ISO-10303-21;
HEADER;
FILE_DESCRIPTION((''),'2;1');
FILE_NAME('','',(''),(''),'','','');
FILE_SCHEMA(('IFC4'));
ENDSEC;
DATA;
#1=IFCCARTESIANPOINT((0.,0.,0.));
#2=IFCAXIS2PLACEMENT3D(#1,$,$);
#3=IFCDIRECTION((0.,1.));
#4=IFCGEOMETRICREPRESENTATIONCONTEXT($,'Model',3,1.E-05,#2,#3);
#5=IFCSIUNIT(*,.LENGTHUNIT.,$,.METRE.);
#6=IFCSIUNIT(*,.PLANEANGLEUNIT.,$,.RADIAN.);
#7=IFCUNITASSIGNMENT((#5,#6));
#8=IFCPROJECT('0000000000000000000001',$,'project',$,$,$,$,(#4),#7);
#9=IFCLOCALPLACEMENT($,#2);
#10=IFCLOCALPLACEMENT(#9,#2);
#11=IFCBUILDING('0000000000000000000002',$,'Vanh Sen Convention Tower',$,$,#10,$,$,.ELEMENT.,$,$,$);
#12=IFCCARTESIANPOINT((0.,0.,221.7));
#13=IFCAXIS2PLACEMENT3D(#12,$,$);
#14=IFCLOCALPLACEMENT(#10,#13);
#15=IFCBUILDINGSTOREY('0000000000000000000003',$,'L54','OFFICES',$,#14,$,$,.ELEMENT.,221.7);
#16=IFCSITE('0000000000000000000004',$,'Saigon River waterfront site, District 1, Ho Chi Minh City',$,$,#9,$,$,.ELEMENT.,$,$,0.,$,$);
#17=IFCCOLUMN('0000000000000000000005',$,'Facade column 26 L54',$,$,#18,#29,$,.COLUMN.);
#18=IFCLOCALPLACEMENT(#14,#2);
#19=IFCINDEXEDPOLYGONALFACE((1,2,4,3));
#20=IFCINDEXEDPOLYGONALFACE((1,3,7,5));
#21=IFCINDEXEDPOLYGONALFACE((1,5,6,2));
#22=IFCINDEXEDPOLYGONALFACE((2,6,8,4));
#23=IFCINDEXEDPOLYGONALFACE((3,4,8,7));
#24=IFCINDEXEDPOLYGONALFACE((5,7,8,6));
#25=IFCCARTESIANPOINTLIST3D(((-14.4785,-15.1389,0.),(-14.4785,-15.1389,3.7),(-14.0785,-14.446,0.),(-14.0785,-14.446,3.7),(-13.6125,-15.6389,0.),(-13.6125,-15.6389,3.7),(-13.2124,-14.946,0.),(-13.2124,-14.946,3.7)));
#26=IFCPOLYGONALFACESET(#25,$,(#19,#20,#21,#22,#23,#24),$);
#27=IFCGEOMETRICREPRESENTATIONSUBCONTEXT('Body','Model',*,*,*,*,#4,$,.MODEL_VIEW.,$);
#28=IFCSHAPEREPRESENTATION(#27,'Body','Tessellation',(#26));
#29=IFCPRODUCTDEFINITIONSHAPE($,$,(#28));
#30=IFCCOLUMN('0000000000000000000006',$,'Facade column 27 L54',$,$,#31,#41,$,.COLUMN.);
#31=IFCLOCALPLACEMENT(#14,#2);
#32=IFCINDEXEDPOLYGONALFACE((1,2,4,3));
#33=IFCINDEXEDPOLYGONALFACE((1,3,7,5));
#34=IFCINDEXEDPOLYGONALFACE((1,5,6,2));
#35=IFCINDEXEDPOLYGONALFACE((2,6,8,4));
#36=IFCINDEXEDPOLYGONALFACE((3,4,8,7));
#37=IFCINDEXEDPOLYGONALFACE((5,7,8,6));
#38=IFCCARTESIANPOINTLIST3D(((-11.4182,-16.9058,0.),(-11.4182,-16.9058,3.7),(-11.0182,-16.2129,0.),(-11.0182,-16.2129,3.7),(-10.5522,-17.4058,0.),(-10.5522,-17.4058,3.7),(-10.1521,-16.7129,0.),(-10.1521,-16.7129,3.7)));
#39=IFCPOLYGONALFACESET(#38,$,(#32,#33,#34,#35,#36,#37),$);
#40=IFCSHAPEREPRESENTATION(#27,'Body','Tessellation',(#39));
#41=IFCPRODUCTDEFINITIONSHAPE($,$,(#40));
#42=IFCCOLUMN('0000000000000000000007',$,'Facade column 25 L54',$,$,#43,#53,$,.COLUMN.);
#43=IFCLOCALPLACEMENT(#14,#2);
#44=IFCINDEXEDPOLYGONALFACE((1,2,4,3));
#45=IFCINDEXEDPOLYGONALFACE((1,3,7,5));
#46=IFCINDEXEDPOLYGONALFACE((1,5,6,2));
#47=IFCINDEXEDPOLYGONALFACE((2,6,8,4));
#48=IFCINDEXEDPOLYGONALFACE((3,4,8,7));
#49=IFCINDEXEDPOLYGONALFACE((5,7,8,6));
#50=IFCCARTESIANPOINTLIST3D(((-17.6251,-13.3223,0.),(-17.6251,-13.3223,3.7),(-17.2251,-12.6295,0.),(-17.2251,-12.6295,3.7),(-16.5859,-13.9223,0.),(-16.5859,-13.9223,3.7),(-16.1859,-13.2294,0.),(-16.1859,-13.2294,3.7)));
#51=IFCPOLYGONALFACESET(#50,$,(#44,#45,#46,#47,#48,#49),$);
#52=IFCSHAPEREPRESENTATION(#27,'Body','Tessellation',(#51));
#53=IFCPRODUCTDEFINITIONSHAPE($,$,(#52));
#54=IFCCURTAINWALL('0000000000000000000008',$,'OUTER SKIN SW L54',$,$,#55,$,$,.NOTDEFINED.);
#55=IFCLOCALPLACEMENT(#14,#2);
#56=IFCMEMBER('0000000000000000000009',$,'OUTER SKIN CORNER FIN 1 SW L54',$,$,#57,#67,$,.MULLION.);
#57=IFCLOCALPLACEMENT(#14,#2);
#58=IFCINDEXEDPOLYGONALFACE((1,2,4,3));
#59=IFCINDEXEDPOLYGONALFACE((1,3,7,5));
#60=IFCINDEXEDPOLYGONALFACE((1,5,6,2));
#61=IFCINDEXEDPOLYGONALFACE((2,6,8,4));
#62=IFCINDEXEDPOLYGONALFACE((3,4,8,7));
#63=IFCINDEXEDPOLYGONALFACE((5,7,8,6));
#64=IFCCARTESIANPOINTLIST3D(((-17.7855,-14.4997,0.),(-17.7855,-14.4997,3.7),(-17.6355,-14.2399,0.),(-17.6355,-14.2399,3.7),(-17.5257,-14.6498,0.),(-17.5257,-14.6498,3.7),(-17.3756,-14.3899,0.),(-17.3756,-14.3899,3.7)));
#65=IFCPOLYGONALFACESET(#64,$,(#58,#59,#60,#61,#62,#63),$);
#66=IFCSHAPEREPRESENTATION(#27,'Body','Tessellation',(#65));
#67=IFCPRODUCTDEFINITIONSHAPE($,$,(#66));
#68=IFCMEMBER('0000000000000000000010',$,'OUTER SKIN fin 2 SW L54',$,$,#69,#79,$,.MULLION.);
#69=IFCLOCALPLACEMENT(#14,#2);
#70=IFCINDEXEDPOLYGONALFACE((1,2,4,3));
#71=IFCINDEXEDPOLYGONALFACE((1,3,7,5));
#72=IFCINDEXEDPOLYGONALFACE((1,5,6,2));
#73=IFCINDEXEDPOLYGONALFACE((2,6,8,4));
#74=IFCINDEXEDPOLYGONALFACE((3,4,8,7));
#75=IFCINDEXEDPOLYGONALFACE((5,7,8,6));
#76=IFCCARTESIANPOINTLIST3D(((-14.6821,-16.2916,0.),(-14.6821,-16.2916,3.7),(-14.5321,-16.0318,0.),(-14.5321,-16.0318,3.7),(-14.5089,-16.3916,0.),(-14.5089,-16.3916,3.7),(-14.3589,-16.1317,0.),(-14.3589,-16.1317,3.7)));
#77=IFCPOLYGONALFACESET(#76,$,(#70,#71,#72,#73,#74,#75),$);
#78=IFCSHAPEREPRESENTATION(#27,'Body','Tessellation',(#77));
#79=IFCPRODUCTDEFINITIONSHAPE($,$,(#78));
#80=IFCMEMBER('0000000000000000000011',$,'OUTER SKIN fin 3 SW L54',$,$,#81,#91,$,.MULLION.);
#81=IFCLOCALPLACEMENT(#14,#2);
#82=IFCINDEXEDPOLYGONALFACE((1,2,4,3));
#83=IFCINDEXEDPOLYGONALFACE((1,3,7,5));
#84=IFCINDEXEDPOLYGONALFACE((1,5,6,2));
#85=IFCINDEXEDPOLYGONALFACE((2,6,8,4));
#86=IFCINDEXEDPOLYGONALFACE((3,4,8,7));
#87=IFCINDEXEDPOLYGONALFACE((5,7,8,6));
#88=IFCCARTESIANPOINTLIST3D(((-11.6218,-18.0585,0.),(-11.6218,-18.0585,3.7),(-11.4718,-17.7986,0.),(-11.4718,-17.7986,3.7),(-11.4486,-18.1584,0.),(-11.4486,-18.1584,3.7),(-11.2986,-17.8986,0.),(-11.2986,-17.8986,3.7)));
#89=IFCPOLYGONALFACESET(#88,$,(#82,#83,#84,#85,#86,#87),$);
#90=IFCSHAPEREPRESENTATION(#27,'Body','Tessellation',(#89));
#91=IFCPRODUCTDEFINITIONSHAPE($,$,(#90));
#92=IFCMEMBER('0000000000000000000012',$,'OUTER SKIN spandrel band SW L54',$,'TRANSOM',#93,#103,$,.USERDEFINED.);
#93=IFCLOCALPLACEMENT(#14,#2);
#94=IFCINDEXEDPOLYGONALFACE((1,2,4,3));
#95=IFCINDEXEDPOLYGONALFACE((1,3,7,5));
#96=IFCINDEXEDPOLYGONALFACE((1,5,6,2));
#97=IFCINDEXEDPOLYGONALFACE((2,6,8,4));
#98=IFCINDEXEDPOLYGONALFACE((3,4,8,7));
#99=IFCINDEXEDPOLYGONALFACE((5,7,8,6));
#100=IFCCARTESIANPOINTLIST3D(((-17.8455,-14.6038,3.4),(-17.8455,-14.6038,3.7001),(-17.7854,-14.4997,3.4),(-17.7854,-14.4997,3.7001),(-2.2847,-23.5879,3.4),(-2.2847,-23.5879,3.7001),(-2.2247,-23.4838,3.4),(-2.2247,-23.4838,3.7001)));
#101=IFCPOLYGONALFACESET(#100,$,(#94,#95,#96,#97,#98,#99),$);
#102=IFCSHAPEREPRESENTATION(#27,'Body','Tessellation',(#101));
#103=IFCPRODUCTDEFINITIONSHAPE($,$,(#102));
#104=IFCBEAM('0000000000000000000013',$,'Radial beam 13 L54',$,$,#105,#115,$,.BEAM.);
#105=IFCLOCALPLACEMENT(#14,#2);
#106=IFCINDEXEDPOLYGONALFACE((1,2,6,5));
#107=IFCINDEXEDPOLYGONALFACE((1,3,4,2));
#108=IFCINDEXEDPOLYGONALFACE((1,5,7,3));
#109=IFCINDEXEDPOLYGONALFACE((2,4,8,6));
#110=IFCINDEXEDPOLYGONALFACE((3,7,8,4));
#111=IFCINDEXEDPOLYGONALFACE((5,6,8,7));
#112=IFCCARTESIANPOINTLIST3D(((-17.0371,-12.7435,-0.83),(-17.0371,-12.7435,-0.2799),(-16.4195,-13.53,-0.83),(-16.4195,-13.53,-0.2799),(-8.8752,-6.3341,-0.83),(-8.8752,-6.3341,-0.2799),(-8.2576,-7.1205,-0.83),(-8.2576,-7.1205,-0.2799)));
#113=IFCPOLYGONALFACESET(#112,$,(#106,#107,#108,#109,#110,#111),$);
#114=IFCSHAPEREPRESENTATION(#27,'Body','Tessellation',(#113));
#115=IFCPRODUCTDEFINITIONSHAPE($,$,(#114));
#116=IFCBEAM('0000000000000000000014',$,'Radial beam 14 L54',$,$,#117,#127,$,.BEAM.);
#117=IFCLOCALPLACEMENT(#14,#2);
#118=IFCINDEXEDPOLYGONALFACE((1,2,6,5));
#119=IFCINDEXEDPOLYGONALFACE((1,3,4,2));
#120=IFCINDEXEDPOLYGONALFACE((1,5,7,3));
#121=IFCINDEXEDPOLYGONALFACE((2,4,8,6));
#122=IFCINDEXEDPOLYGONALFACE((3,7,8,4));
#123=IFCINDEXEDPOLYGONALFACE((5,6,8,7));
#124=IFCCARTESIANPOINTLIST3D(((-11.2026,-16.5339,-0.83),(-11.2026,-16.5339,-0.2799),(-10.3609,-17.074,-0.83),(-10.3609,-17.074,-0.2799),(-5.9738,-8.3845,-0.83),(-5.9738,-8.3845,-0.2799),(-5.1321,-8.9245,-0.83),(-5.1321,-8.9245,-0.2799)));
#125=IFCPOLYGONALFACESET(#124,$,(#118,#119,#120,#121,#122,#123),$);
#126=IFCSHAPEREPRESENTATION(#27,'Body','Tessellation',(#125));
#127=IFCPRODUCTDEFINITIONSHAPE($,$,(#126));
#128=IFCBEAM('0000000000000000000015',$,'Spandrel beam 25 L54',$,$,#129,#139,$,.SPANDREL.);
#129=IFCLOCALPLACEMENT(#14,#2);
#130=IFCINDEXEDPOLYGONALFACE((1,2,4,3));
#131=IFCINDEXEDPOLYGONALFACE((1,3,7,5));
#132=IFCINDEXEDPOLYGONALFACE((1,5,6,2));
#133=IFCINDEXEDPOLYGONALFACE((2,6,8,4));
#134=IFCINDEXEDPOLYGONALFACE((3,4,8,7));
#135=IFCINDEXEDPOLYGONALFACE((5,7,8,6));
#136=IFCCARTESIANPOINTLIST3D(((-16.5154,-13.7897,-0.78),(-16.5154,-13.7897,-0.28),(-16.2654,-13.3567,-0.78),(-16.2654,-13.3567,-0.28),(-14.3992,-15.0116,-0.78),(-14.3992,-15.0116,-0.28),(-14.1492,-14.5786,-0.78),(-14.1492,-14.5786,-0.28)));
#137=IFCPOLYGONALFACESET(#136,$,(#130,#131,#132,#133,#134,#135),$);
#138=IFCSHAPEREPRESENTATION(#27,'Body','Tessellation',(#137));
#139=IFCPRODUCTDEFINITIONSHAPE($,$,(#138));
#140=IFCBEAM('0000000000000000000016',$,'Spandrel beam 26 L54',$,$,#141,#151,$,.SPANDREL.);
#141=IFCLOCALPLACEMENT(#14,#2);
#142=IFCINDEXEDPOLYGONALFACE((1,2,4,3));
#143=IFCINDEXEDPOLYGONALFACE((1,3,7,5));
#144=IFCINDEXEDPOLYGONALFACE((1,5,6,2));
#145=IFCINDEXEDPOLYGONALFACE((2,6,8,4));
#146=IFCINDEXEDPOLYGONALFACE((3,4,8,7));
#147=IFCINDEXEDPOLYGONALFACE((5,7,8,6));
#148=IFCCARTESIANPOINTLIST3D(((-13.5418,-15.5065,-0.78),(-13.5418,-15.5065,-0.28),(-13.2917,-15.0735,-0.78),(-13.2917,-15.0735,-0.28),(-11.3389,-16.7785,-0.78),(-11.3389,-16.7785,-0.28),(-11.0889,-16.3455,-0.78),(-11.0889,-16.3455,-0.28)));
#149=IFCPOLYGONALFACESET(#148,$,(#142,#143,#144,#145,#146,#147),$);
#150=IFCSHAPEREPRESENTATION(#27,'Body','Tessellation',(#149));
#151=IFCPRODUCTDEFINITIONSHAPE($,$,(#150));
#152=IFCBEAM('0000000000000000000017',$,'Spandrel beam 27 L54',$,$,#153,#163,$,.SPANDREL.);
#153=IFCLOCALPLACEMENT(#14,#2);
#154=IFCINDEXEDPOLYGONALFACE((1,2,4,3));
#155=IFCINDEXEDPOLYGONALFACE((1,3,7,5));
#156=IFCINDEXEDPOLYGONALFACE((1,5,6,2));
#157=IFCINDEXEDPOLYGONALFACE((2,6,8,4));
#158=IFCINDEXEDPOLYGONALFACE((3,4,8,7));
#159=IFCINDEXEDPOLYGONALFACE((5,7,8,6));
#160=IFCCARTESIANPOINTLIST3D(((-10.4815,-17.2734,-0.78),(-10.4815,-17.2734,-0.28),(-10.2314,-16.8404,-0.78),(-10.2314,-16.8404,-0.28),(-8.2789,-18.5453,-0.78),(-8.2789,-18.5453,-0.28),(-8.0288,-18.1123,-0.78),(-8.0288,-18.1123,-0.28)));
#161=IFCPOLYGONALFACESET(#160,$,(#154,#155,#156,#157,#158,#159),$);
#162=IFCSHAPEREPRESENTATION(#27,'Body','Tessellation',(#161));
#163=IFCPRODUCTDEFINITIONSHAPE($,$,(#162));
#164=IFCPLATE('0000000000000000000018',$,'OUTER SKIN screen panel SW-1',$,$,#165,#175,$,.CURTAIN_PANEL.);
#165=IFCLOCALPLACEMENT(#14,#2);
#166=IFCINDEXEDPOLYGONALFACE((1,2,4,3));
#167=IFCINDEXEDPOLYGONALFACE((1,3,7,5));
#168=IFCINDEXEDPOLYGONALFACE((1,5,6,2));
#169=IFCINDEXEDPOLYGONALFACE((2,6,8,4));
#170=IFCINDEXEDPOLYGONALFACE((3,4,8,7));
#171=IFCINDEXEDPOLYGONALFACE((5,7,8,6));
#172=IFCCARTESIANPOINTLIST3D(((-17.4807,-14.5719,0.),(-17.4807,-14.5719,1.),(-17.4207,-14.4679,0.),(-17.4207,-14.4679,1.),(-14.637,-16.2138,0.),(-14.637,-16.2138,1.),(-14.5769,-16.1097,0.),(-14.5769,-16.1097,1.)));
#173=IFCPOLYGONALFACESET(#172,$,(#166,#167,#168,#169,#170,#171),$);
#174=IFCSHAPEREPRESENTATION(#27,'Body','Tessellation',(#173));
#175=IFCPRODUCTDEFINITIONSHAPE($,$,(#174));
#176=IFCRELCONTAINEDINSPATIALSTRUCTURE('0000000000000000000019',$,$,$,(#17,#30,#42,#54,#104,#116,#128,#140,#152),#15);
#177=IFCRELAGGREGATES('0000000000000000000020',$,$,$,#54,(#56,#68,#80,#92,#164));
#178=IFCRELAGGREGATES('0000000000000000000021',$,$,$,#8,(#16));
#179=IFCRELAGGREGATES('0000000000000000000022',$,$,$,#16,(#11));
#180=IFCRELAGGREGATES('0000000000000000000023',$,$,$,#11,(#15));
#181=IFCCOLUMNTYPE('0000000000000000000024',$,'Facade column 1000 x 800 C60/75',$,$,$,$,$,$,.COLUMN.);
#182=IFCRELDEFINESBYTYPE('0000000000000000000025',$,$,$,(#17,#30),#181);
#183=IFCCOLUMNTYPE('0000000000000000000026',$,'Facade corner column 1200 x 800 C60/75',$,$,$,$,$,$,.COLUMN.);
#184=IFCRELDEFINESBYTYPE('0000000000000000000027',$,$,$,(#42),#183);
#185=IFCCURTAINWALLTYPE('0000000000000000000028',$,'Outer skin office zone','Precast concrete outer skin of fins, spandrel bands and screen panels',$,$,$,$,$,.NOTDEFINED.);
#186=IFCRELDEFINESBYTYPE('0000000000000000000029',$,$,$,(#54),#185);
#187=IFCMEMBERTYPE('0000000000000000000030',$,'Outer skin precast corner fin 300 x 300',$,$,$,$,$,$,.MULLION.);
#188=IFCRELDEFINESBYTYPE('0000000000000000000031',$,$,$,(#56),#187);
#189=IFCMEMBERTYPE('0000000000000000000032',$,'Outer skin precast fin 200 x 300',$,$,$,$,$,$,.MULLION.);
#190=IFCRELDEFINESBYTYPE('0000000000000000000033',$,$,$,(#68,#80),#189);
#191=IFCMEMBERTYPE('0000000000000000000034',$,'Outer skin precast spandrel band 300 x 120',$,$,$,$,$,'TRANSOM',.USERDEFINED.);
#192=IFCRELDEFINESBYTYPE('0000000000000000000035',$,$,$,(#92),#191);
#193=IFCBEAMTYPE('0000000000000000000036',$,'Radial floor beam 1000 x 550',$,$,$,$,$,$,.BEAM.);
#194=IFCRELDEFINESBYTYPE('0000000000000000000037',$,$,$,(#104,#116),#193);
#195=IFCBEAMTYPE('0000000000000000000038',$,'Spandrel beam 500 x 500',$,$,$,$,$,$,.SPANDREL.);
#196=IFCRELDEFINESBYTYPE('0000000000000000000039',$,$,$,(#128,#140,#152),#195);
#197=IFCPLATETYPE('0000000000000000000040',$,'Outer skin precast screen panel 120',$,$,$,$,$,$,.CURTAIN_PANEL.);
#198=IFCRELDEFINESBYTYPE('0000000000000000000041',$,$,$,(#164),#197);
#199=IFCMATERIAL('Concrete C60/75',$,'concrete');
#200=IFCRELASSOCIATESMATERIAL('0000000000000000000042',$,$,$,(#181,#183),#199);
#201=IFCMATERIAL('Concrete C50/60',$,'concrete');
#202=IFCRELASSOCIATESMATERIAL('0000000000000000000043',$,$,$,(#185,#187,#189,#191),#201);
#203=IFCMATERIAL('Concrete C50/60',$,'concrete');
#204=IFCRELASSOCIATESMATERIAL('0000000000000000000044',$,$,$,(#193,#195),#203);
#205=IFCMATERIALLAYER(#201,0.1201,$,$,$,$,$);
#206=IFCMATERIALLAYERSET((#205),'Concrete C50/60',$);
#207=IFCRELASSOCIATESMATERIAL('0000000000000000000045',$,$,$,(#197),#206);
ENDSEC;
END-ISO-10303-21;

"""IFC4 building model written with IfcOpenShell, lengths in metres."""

from ifc_helpers import new_model, si_unit, direction, frame, origin, origin_2d, place, context, subcontext, project, spatial, rectangle, extrude, material, layer, layer_set, material_profile, profile_set, type_object, element, aggregate, save


model = new_model("IFC4")

# Units and contexts
model_context = context("Model", 3, precision=1e-05, world=origin(), true_north=direction((0.0, 1.0)))
body_context = subcontext(model_context, "Body", "Model", "MODEL_VIEW")
ifc_project = project(units=[si_unit("LENGTHUNIT", "METRE"), si_unit("PLANEANGLEUNIT", "RADIAN")], contexts=[model_context])

# Site, building, storey
site_placement = place(None, origin())
site = spatial("IfcSite", under=ifc_project, at=site_placement, Name="Saigon River waterfront site, District 1, Ho Chi Minh City", CompositionType="ELEMENT", RefElevation=0.0)
building_placement = place(site_placement, origin())
building = spatial("IfcBuilding", under=site, at=building_placement, Name="Vanh Sen Convention Tower", CompositionType="ELEMENT")
storey_placement = place(building_placement, frame((0.0, 0.0, 221.7)))
storey = spatial("IfcBuildingStorey", under=building, at=storey_placement, Name="L54", Description="OFFICES", CompositionType="ELEMENT", Elevation=221.7)

# Columns
ifc_material_1 = material(Name="Concrete C60/75", Category="concrete")
ifc_material_profile_1 = material_profile(ifc_material_1, rectangle(XDim=1.0, YDim=0.8, at=origin_2d()), Name="RC 1000X800")
ifc_profile_set_1 = profile_set([ifc_material_profile_1], Name="Concrete C60/75")
column_type_1 = type_object("IfcColumnType", Name="Facade column 1000 x 800 C60/75", PredefinedType="COLUMN", material=ifc_profile_set_1)
for number, where, z_axis, x_axis, name in (
    (1, (-13.8455, -15.0425, 0.0), (0.0, 0.0, 1.0), (0.866025, -0.5, 0.0), "Facade column 26 L54"),
    (2, (-10.7852, -16.8093, 0.0), (0.0, 0.0, 1.0), (0.866025, -0.5, 0.0), "Facade column 27 L54"),
):
    element("IfcColumn", number, at=place(storey_placement, frame(where, z_axis=z_axis, x_axis=x_axis)), inside=storey, type_object=column_type_1, Name=name, PredefinedType="COLUMN", context=body_context, shape_type="SweptSolid", body=[
        extrude(rectangle(XDim=1.0, YDim=0.8, at=origin_2d()), origin(), (0.0, 0.0, 1.0), 3.7),
    ])
ifc_material_profile_2 = material_profile(ifc_material_1, rectangle(XDim=1.2, YDim=0.8, at=origin_2d()), Name="RC 1200X800")
ifc_profile_set_2 = profile_set([ifc_material_profile_2], Name="Concrete C60/75")
column_type_2 = type_object("IfcColumnType", Name="Facade corner column 1200 x 800 C60/75", PredefinedType="COLUMN", material=ifc_profile_set_2)
column_placement = place(storey_placement, frame((-16.9055, -13.2759, 0.0), z_axis=(0.0, 0.0, 1.0), x_axis=(0.866025, -0.5, 0.0)))
element("IfcColumn", 3, at=column_placement, inside=storey, type_object=column_type_2, Name="Facade column 25 L54", PredefinedType="COLUMN", context=body_context, shape_type="SweptSolid", body=[
    extrude(rectangle(XDim=1.2, YDim=0.8, at=origin_2d()), origin(), (0.0, 0.0, 1.0), 3.7),
])

# Curtain wall, members
ifc_material_2 = material(Name="Concrete C50/60", Category="concrete")
curtain_wall_type = type_object("IfcCurtainWallType", Name="Outer skin office zone", Description="Precast concrete outer skin of fins, spandrel bands and screen panels", PredefinedType="NOTDEFINED", material=ifc_material_2)
curtain_wall_placement = place(storey_placement, origin())
curtain_wall = element("IfcCurtainWall", 4, at=curtain_wall_placement, inside=storey, type_object=curtain_wall_type, Name="OUTER SKIN SW L54", PredefinedType="NOTDEFINED")
ifc_material_profile_3 = material_profile(ifc_material_2, rectangle(XDim=0.3, YDim=0.3, at=origin_2d()), Name="Outer skin precast corner fin 300 x 300")
ifc_profile_set_3 = profile_set([ifc_material_profile_3], Name="Concrete C50/60")
member_type_1 = type_object("IfcMemberType", Name="Outer skin precast corner fin 300 x 300", PredefinedType="MULLION", material=ifc_profile_set_3)
member_1_placement = place(storey_placement, frame((-17.5806, -14.4448, 0.0), z_axis=(0.0, 0.0, 1.0), x_axis=(0.866025, -0.5, 0.0)))
member_1 = element("IfcMember", 5, at=member_1_placement, type_object=member_type_1, Name="OUTER SKIN CORNER FIN 1 SW L54", PredefinedType="MULLION", context=body_context, shape_type="SweptSolid", body=[
    extrude(rectangle(XDim=0.3, YDim=0.3, at=origin_2d()), origin(), (0.0, 0.0, 1.0), 3.7),
])
ifc_material_profile_4 = material_profile(ifc_material_2, rectangle(XDim=0.2, YDim=0.3, at=origin_2d()), Name="Outer skin precast fin 200 x 300")
ifc_profile_set_4 = profile_set([ifc_material_profile_4], Name="Concrete C50/60")
member_type_2 = type_object("IfcMemberType", Name="Outer skin precast fin 200 x 300", PredefinedType="MULLION", material=ifc_profile_set_4)
member_2_placement = place(storey_placement, frame((-14.5205, -16.2117, 0.0), z_axis=(0.0, 0.0, 1.0), x_axis=(0.866025, -0.5, 0.0)))
member_2 = element("IfcMember", 6, at=member_2_placement, type_object=member_type_2, Name="OUTER SKIN fin 2 SW L54", PredefinedType="MULLION", context=body_context, shape_type="SweptSolid", body=[
    extrude(rectangle(XDim=0.2, YDim=0.3, at=origin_2d()), origin(), (0.0, 0.0, 1.0), 3.7),
])
member_3_placement = place(storey_placement, frame((-11.4602, -17.9785, 0.0), z_axis=(0.0, 0.0, 1.0), x_axis=(0.866025, -0.5, 0.0)))
member_3 = element("IfcMember", 7, at=member_3_placement, type_object=member_type_2, Name="OUTER SKIN fin 3 SW L54", PredefinedType="MULLION", context=body_context, shape_type="SweptSolid", body=[
    extrude(rectangle(XDim=0.2, YDim=0.3, at=origin_2d()), origin(), (0.0, 0.0, 1.0), 3.7),
])
ifc_material_profile_5 = material_profile(ifc_material_2, rectangle(XDim=0.1201, YDim=0.3, at=origin_2d()), Name="Outer skin precast spandrel band 300 x 120")
ifc_profile_set_5 = profile_set([ifc_material_profile_5], Name="Concrete C50/60")
member_type_3 = type_object("IfcMemberType", Name="Outer skin precast spandrel band 300 x 120", ElementType="TRANSOM", PredefinedType="USERDEFINED", material=ifc_profile_set_5)
member_4_placement = place(storey_placement, frame((-17.8154, -14.5518, 3.55), z_axis=(0.866023, -0.500004, 0.0), x_axis=(0.500004, 0.866023, 0.0)))
member_4 = element("IfcMember", 8, at=member_4_placement, type_object=member_type_3, Name="OUTER SKIN spandrel band SW L54", ObjectType="TRANSOM", PredefinedType="USERDEFINED", context=body_context, shape_type="SweptSolid", body=[
    extrude(rectangle(XDim=0.1201, YDim=0.3, at=origin_2d()), origin(), (0.0, 0.0, 1.0), 17.968),
])

# Beams
ifc_material_3 = material(Name="Concrete C50/60", Category="concrete")
ifc_material_profile_6 = material_profile(ifc_material_3, rectangle(XDim=1.0, YDim=0.55, at=origin_2d()), Name="RC 1000X550")
ifc_profile_set_6 = profile_set([ifc_material_profile_6], Name="Concrete C50/60")
beam_type_1 = type_object("IfcBeamType", Name="Radial floor beam 1000 x 550", PredefinedType="BEAM", material=ifc_profile_set_6)
beam_1_placement = place(storey_placement, frame((-16.7283, -13.1367, -0.5549), z_axis=(0.786481, 0.617615, 0.0), x_axis=(-0.617615, 0.786481, 0.0)))
element("IfcBeam", 9, at=beam_1_placement, inside=storey, type_object=beam_type_1, Name="Radial beam 13 L54", PredefinedType="BEAM", context=body_context, shape_type="SweptSolid", body=[
    extrude(rectangle(XDim=1.0, YDim=0.55, at=origin_2d()), origin(), (0.0, 0.0, 1.0), 10.3777),
])
beam_2_placement = place(storey_placement, frame((-10.7817, -16.804, -0.5549), z_axis=(0.540016, 0.841655, 0.0), x_axis=(-0.841655, 0.540016, 0.0)))
element("IfcBeam", 10, at=beam_2_placement, inside=storey, type_object=beam_type_1, Name="Radial beam 14 L54", PredefinedType="BEAM", context=body_context, shape_type="SweptSolid", body=[
    extrude(rectangle(XDim=1.0, YDim=0.55, at=origin_2d()), origin(), (0.0, 0.0, 1.0), 9.6826),
])
ifc_material_profile_7 = material_profile(ifc_material_3, rectangle(XDim=0.5, YDim=0.5, at=origin_2d()), Name="RC 500X500")
ifc_profile_set_7 = profile_set([ifc_material_profile_7], Name="Concrete C50/60")
beam_type_2 = type_object("IfcBeamType", Name="Spandrel beam 500 x 500", PredefinedType="SPANDREL", material=ifc_profile_set_7)
beam_3_placement = place(storey_placement, frame((-16.3904, -13.5732, -0.53), z_axis=(0.866003, -0.50004, 0.0), x_axis=(0.50004, 0.866003, 0.0)))
element("IfcBeam", 11, at=beam_3_placement, inside=storey, type_object=beam_type_2, Name="Spandrel beam 25 L54", PredefinedType="SPANDREL", context=body_context, shape_type="SweptSolid", body=[
    extrude(rectangle(XDim=0.5, YDim=0.5, at=origin_2d()), origin(), (0.0, 0.0, 1.0), 2.4436),
])
beam_4_placement = place(storey_placement, frame((-13.4167, -15.29, -0.53), z_axis=(0.866002, -0.500041, 0.0), x_axis=(0.500041, 0.866002, 0.0)))
element("IfcBeam", 12, at=beam_4_placement, inside=storey, type_object=beam_type_2, Name="Spandrel beam 26 L54", PredefinedType="SPANDREL", context=body_context, shape_type="SweptSolid", body=[
    extrude(rectangle(XDim=0.5, YDim=0.5, at=origin_2d()), origin(), (0.0, 0.0, 1.0), 2.5437),
])
beam_5_placement = place(storey_placement, frame((-10.3564, -17.0569, -0.53), z_axis=(0.865978, -0.500082, 0.0), x_axis=(0.500082, 0.865978, 0.0)))
element("IfcBeam", 13, at=beam_5_placement, inside=storey, type_object=beam_type_2, Name="Spandrel beam 27 L54", PredefinedType="SPANDREL", context=body_context, shape_type="SweptSolid", body=[
    extrude(rectangle(XDim=0.5, YDim=0.5, at=origin_2d()), origin(), (0.0, 0.0, 1.0), 2.5435),
])

# Plate
ifc_layer_1 = layer(ifc_material_2, 0.1201)
ifc_layer_set_1 = layer_set([ifc_layer_1], Name="Concrete C50/60")
plate_type = type_object("IfcPlateType", Name="Outer skin precast screen panel 120", PredefinedType="CURTAIN_PANEL", material=ifc_layer_set_1)
plate_1_placement = place(storey_placement, frame((-16.0288, -15.3408, 0.0), z_axis=(0.0, 0.0, 1.0), x_axis=(0.866026, -0.499998, 0.0)))
plate_1 = element("IfcPlate", 14, at=plate_1_placement, type_object=plate_type, Name="OUTER SKIN screen panel SW-1", PredefinedType="CURTAIN_PANEL", context=body_context, shape_type="SweptSolid", body=[
    extrude(rectangle(XDim=3.2837, YDim=0.1201, at=origin_2d()), origin(), (0.0, 0.0, 1.0), 1.0),
])
aggregate(curtain_wall, [member_1, member_2, member_3, member_4, plate_1])

save(model, "model.ifc")
